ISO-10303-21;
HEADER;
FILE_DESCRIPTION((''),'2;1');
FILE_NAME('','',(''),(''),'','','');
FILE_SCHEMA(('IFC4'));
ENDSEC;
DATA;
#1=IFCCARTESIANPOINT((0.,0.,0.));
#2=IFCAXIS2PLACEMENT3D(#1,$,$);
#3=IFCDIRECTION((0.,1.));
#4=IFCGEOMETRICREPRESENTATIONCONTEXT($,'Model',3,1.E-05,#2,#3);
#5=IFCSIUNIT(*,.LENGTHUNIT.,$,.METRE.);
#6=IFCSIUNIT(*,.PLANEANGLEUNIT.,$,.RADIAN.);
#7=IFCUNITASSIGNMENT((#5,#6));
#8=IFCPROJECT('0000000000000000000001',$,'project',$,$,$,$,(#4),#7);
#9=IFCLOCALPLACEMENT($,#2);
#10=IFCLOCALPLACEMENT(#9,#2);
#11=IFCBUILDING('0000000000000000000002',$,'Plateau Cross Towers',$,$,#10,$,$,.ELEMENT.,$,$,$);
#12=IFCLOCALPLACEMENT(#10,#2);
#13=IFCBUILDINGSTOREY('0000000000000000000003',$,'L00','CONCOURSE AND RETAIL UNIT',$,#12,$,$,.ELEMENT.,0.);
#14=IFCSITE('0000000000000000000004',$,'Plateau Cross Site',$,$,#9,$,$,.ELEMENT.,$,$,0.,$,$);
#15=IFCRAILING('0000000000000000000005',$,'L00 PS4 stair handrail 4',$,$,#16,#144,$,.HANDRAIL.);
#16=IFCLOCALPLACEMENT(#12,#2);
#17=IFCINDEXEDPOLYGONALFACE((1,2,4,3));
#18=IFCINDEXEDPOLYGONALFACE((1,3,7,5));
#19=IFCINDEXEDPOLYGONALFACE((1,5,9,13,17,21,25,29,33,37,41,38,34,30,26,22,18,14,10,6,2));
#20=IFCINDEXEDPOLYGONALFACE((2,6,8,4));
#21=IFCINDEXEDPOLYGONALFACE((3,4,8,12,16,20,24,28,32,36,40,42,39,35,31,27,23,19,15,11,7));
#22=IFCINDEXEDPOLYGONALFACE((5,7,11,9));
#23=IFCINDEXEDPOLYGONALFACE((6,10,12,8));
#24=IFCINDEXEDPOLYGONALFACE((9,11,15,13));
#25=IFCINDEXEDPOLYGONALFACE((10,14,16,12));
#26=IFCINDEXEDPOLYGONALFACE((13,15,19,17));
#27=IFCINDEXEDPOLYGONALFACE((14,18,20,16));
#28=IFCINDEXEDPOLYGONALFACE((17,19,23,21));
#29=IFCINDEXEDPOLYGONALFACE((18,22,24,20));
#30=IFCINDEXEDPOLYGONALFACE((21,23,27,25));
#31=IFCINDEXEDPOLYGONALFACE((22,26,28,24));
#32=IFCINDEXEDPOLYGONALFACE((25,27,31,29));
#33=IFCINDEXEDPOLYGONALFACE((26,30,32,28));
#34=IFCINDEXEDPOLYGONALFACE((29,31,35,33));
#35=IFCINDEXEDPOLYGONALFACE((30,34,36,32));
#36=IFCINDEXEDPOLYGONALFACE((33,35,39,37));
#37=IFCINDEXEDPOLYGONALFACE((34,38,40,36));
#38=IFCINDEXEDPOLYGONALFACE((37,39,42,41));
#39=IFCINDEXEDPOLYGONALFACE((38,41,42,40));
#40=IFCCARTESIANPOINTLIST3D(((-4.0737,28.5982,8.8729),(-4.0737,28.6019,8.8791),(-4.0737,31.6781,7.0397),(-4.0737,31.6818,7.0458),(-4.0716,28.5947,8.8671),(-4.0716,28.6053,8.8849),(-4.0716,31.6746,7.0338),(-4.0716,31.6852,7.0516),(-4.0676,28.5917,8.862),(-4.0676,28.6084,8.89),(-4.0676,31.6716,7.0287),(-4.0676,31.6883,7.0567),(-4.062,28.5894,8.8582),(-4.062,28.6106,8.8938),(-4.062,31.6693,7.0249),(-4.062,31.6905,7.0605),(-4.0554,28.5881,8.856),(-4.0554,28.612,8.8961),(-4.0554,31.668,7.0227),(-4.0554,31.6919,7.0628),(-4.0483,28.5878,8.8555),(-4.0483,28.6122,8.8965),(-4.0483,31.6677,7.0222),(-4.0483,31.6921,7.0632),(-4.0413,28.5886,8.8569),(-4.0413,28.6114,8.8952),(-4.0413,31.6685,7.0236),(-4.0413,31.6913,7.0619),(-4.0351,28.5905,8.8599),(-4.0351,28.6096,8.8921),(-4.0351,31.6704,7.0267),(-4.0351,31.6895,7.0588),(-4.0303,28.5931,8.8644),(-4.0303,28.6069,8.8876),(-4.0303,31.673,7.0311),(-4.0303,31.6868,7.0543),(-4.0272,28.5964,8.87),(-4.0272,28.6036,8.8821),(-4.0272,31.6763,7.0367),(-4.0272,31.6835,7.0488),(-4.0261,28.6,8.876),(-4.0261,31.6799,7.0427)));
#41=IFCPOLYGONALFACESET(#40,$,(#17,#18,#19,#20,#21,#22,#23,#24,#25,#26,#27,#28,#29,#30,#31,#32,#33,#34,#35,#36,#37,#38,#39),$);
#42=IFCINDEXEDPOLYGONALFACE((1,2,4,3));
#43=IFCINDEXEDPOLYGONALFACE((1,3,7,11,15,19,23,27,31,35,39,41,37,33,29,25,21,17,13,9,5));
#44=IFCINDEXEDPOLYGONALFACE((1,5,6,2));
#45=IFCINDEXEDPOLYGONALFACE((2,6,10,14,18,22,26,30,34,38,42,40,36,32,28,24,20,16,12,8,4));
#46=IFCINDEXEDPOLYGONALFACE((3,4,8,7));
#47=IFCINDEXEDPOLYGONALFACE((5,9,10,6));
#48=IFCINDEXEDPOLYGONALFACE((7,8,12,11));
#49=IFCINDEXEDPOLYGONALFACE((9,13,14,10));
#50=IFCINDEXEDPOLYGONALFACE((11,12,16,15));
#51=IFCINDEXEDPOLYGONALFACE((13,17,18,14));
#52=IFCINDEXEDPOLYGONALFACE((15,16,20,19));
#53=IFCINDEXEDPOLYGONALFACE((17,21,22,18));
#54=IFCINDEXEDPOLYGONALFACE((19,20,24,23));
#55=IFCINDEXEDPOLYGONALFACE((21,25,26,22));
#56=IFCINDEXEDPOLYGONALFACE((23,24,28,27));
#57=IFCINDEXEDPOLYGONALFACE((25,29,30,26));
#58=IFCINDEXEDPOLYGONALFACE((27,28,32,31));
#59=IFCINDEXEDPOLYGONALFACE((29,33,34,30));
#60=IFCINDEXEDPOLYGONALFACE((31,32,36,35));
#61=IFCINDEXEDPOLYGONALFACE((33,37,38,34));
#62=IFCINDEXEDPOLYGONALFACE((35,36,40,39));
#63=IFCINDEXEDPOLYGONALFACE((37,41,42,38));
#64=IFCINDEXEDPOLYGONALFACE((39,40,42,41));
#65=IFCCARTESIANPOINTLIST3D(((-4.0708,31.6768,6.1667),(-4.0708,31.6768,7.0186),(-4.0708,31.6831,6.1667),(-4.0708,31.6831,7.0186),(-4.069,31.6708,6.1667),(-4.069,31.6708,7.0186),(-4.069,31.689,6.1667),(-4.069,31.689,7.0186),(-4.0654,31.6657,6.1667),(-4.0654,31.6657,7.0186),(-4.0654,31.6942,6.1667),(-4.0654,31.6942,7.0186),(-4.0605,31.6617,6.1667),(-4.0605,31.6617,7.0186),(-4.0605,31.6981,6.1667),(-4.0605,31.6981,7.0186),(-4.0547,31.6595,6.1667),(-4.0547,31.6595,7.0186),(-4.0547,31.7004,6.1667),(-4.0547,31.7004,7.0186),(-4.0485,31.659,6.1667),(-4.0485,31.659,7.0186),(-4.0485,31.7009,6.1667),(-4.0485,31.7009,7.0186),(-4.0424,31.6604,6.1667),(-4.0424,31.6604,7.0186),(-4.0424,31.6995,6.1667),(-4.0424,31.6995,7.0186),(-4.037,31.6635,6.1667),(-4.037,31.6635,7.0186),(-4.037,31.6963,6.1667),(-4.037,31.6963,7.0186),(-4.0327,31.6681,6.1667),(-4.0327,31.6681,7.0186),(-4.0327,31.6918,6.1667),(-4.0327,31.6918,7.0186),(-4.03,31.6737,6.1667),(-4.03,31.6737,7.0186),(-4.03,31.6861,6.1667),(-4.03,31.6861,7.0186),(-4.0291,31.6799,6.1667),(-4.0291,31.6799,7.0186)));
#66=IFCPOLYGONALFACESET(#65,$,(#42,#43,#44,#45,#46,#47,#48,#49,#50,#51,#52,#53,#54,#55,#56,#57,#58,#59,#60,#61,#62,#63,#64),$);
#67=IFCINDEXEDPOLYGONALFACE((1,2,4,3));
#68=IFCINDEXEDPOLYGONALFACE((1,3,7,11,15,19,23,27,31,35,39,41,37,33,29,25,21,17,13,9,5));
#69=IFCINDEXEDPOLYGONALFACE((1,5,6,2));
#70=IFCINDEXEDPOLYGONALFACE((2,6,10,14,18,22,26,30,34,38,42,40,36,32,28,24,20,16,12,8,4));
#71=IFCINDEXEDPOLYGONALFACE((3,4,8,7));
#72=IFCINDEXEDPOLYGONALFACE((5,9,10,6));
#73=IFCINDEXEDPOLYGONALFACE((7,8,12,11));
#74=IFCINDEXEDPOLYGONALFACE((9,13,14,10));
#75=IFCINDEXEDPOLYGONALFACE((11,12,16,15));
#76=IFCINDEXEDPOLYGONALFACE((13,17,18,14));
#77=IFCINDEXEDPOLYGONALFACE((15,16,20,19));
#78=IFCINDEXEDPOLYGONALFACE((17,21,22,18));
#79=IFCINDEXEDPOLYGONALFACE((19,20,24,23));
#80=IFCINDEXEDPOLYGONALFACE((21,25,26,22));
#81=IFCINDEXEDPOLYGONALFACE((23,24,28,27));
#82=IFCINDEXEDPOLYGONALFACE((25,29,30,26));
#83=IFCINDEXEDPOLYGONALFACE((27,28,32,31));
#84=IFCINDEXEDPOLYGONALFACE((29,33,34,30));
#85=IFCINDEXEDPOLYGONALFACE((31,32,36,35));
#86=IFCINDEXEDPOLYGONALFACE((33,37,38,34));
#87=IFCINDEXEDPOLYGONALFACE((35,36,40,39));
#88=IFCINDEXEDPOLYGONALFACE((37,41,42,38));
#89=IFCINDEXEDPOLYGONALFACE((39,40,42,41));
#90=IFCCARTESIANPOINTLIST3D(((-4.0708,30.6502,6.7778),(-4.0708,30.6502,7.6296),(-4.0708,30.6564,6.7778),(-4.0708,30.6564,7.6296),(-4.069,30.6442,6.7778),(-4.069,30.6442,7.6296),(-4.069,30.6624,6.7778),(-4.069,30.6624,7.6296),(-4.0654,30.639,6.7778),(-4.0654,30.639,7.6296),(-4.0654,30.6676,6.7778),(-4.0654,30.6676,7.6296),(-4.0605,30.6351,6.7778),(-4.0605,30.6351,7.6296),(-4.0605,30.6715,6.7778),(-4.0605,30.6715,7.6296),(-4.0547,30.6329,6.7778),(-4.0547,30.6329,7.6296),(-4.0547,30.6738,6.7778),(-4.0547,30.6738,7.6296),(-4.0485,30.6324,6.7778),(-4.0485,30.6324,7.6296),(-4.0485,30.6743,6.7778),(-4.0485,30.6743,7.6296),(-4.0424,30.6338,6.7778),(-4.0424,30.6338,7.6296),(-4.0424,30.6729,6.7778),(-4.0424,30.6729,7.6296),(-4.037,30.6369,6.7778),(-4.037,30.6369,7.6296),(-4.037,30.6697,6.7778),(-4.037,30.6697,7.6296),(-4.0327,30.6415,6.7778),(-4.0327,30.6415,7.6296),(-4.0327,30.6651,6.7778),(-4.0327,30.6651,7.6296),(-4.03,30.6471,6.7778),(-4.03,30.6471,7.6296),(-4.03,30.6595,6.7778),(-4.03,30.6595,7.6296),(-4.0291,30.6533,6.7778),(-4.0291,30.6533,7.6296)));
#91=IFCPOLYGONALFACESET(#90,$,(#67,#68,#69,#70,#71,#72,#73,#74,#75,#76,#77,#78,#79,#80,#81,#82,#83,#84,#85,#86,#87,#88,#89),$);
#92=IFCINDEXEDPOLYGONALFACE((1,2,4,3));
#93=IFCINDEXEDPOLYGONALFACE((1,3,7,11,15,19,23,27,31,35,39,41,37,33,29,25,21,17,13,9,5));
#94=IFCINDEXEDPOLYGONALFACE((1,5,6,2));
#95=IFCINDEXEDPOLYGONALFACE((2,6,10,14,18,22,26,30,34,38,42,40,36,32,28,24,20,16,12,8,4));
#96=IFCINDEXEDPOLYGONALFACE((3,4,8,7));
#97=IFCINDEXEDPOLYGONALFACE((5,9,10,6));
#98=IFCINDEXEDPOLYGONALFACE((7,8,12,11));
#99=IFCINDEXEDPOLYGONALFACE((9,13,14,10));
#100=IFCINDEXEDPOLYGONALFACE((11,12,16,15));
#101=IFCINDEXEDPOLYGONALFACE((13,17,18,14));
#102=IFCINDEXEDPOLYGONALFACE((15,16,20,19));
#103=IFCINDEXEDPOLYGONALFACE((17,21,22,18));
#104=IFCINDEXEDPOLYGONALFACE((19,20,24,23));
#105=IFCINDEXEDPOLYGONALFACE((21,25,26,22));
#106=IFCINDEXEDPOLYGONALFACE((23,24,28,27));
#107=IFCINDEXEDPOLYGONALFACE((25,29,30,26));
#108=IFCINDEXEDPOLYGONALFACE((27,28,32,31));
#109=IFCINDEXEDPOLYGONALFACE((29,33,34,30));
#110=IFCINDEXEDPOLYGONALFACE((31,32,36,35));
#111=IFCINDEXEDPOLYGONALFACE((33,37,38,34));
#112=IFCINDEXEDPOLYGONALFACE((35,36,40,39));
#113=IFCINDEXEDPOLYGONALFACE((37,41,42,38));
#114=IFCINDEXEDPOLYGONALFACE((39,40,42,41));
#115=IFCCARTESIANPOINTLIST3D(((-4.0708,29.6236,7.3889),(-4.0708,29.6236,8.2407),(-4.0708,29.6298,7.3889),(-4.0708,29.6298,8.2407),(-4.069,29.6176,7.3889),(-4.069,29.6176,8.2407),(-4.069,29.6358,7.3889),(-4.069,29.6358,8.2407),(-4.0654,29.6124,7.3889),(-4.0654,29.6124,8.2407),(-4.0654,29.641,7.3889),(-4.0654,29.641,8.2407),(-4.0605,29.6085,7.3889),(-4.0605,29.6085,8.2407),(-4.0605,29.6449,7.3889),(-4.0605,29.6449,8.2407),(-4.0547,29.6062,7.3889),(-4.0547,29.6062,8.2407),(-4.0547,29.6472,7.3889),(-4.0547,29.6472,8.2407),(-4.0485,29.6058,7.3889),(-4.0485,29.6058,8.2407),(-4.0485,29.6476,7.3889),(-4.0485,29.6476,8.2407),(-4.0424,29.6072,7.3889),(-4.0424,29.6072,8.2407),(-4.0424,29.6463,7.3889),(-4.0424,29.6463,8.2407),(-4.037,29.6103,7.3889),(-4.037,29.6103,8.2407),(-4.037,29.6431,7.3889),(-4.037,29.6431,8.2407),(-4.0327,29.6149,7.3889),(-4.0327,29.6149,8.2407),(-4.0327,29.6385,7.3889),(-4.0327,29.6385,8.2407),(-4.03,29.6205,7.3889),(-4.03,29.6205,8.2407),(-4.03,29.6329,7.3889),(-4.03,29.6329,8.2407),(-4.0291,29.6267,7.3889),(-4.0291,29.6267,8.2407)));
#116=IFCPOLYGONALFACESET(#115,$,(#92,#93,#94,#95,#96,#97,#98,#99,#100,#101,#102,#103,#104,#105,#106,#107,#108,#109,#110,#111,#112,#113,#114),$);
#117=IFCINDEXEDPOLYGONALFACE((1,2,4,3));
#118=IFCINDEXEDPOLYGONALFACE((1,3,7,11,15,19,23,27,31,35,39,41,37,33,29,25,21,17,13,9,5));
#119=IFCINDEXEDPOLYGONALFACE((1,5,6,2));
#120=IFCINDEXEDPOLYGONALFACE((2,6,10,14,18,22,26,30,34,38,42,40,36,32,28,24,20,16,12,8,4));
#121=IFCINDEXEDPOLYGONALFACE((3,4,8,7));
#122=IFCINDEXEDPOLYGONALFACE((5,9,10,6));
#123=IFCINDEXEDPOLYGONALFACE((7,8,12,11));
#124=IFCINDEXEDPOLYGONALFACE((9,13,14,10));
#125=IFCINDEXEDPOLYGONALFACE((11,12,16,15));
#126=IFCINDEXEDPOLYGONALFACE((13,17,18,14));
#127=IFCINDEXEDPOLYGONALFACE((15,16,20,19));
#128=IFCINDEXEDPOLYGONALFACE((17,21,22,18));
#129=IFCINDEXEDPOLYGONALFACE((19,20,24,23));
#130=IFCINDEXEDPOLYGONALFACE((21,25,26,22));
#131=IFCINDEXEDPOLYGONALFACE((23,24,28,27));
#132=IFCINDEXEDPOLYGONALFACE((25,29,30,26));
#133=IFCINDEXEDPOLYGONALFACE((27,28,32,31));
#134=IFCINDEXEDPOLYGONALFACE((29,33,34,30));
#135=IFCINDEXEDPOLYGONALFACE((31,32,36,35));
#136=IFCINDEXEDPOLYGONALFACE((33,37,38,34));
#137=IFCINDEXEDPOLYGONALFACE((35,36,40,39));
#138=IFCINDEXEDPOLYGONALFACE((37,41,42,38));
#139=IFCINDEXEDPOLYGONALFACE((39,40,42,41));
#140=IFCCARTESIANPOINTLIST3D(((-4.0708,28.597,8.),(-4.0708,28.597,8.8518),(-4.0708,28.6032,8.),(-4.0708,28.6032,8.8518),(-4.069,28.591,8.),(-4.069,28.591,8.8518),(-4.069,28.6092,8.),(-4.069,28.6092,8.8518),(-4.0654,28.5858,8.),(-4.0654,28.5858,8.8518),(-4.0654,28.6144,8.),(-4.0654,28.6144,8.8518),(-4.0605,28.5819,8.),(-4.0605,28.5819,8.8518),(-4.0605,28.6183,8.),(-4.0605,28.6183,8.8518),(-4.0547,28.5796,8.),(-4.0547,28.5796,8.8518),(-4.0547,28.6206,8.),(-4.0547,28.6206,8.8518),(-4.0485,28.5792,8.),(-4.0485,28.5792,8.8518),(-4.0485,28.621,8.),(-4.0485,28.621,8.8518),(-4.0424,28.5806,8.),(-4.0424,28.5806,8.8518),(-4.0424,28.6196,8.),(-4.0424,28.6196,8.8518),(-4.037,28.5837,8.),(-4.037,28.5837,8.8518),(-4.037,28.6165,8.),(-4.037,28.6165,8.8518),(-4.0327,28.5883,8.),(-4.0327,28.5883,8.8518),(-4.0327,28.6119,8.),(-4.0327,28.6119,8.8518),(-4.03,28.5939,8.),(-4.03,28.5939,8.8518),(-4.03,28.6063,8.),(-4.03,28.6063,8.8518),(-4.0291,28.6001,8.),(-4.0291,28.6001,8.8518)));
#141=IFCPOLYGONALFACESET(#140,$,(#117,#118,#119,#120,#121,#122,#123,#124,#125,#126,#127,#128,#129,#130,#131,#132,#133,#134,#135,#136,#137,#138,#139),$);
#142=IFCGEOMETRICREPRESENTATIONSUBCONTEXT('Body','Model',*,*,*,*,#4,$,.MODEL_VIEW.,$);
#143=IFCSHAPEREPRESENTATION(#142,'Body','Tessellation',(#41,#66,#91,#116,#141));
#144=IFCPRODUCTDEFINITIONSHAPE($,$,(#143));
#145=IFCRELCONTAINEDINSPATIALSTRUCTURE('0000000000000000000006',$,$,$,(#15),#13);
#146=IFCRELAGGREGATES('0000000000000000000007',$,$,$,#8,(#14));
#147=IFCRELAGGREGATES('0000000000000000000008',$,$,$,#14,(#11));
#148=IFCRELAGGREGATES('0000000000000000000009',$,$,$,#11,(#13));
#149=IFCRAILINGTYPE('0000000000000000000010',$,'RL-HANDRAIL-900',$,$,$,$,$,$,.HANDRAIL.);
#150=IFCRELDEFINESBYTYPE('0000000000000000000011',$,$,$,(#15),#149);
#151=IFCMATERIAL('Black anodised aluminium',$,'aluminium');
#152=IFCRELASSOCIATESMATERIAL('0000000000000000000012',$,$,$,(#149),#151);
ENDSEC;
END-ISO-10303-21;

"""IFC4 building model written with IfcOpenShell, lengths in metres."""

from ifc_helpers import new_model, si_unit, direction, frame, origin, origin_2d, place, context, subcontext, project, spatial, circle, extrude, material, type_object, element, save


model = new_model("IFC4")

# Units and contexts
model_context = context("Model", 3, precision=1e-05, world=origin(), true_north=direction((0.0, 1.0)))
body_context = subcontext(model_context, "Body", "Model", "MODEL_VIEW")
ifc_project = project(units=[si_unit("LENGTHUNIT", "METRE"), si_unit("PLANEANGLEUNIT", "RADIAN")], contexts=[model_context])

# Site, building, storey
site_placement = place(None, origin())
site = spatial("IfcSite", under=ifc_project, at=site_placement, Name="Plateau Cross Site", CompositionType="ELEMENT", RefElevation=0.0)
building_placement = place(site_placement, origin())
building = spatial("IfcBuilding", under=site, at=building_placement, Name="Plateau Cross Towers", CompositionType="ELEMENT")
storey_placement = place(building_placement, origin())
storey = spatial("IfcBuildingStorey", under=building, at=storey_placement, Name="L00", Description="CONCOURSE AND RETAIL UNIT", CompositionType="ELEMENT", Elevation=0.0)

# Shared definitions
ifc_material_1 = material(Name="Black anodised aluminium", Category="aluminium")

# Railing
railing_type_1 = type_object("IfcRailingType", Name="RL-HANDRAIL-900", PredefinedType="HANDRAIL", material=ifc_material_1)
railing_1_placement = place(storey_placement, frame((-4.05, 31.6799, 6.1667)))
element("IfcRailing", 1, at=railing_1_placement, inside=storey, type_object=railing_type_1, Name="L00 PS4 stair handrail 4", PredefinedType="HANDRAIL", context=body_context, shape_type="SweptSolid", body=[
    extrude(circle(Radius=0.0239, at=origin_2d()), frame((0.0, 0.0, 0.876), z_axis=(0.0, -0.859291, 0.511487), x_axis=(1.0, 0.0, 0.0)), (0.0, 0.0, 1.0), 3.5842),
    extrude(circle(Radius=0.021, at=origin_2d()), origin(), (0.0, 0.0, 1.0), 0.8518),
    extrude(circle(Radius=0.021, at=origin_2d()), frame((0.0, -1.0266, 0.6111)), (0.0, 0.0, 1.0), 0.8518),
    extrude(circle(Radius=0.021, at=origin_2d()), frame((0.0, -2.0532, 1.2222)), (0.0, 0.0, 1.0), 0.8518),
    extrude(circle(Radius=0.021, at=origin_2d()), frame((0.0, -3.0798, 1.8333)), (0.0, 0.0, 1.0), 0.8518),
])

save(model, "model.ifc")
